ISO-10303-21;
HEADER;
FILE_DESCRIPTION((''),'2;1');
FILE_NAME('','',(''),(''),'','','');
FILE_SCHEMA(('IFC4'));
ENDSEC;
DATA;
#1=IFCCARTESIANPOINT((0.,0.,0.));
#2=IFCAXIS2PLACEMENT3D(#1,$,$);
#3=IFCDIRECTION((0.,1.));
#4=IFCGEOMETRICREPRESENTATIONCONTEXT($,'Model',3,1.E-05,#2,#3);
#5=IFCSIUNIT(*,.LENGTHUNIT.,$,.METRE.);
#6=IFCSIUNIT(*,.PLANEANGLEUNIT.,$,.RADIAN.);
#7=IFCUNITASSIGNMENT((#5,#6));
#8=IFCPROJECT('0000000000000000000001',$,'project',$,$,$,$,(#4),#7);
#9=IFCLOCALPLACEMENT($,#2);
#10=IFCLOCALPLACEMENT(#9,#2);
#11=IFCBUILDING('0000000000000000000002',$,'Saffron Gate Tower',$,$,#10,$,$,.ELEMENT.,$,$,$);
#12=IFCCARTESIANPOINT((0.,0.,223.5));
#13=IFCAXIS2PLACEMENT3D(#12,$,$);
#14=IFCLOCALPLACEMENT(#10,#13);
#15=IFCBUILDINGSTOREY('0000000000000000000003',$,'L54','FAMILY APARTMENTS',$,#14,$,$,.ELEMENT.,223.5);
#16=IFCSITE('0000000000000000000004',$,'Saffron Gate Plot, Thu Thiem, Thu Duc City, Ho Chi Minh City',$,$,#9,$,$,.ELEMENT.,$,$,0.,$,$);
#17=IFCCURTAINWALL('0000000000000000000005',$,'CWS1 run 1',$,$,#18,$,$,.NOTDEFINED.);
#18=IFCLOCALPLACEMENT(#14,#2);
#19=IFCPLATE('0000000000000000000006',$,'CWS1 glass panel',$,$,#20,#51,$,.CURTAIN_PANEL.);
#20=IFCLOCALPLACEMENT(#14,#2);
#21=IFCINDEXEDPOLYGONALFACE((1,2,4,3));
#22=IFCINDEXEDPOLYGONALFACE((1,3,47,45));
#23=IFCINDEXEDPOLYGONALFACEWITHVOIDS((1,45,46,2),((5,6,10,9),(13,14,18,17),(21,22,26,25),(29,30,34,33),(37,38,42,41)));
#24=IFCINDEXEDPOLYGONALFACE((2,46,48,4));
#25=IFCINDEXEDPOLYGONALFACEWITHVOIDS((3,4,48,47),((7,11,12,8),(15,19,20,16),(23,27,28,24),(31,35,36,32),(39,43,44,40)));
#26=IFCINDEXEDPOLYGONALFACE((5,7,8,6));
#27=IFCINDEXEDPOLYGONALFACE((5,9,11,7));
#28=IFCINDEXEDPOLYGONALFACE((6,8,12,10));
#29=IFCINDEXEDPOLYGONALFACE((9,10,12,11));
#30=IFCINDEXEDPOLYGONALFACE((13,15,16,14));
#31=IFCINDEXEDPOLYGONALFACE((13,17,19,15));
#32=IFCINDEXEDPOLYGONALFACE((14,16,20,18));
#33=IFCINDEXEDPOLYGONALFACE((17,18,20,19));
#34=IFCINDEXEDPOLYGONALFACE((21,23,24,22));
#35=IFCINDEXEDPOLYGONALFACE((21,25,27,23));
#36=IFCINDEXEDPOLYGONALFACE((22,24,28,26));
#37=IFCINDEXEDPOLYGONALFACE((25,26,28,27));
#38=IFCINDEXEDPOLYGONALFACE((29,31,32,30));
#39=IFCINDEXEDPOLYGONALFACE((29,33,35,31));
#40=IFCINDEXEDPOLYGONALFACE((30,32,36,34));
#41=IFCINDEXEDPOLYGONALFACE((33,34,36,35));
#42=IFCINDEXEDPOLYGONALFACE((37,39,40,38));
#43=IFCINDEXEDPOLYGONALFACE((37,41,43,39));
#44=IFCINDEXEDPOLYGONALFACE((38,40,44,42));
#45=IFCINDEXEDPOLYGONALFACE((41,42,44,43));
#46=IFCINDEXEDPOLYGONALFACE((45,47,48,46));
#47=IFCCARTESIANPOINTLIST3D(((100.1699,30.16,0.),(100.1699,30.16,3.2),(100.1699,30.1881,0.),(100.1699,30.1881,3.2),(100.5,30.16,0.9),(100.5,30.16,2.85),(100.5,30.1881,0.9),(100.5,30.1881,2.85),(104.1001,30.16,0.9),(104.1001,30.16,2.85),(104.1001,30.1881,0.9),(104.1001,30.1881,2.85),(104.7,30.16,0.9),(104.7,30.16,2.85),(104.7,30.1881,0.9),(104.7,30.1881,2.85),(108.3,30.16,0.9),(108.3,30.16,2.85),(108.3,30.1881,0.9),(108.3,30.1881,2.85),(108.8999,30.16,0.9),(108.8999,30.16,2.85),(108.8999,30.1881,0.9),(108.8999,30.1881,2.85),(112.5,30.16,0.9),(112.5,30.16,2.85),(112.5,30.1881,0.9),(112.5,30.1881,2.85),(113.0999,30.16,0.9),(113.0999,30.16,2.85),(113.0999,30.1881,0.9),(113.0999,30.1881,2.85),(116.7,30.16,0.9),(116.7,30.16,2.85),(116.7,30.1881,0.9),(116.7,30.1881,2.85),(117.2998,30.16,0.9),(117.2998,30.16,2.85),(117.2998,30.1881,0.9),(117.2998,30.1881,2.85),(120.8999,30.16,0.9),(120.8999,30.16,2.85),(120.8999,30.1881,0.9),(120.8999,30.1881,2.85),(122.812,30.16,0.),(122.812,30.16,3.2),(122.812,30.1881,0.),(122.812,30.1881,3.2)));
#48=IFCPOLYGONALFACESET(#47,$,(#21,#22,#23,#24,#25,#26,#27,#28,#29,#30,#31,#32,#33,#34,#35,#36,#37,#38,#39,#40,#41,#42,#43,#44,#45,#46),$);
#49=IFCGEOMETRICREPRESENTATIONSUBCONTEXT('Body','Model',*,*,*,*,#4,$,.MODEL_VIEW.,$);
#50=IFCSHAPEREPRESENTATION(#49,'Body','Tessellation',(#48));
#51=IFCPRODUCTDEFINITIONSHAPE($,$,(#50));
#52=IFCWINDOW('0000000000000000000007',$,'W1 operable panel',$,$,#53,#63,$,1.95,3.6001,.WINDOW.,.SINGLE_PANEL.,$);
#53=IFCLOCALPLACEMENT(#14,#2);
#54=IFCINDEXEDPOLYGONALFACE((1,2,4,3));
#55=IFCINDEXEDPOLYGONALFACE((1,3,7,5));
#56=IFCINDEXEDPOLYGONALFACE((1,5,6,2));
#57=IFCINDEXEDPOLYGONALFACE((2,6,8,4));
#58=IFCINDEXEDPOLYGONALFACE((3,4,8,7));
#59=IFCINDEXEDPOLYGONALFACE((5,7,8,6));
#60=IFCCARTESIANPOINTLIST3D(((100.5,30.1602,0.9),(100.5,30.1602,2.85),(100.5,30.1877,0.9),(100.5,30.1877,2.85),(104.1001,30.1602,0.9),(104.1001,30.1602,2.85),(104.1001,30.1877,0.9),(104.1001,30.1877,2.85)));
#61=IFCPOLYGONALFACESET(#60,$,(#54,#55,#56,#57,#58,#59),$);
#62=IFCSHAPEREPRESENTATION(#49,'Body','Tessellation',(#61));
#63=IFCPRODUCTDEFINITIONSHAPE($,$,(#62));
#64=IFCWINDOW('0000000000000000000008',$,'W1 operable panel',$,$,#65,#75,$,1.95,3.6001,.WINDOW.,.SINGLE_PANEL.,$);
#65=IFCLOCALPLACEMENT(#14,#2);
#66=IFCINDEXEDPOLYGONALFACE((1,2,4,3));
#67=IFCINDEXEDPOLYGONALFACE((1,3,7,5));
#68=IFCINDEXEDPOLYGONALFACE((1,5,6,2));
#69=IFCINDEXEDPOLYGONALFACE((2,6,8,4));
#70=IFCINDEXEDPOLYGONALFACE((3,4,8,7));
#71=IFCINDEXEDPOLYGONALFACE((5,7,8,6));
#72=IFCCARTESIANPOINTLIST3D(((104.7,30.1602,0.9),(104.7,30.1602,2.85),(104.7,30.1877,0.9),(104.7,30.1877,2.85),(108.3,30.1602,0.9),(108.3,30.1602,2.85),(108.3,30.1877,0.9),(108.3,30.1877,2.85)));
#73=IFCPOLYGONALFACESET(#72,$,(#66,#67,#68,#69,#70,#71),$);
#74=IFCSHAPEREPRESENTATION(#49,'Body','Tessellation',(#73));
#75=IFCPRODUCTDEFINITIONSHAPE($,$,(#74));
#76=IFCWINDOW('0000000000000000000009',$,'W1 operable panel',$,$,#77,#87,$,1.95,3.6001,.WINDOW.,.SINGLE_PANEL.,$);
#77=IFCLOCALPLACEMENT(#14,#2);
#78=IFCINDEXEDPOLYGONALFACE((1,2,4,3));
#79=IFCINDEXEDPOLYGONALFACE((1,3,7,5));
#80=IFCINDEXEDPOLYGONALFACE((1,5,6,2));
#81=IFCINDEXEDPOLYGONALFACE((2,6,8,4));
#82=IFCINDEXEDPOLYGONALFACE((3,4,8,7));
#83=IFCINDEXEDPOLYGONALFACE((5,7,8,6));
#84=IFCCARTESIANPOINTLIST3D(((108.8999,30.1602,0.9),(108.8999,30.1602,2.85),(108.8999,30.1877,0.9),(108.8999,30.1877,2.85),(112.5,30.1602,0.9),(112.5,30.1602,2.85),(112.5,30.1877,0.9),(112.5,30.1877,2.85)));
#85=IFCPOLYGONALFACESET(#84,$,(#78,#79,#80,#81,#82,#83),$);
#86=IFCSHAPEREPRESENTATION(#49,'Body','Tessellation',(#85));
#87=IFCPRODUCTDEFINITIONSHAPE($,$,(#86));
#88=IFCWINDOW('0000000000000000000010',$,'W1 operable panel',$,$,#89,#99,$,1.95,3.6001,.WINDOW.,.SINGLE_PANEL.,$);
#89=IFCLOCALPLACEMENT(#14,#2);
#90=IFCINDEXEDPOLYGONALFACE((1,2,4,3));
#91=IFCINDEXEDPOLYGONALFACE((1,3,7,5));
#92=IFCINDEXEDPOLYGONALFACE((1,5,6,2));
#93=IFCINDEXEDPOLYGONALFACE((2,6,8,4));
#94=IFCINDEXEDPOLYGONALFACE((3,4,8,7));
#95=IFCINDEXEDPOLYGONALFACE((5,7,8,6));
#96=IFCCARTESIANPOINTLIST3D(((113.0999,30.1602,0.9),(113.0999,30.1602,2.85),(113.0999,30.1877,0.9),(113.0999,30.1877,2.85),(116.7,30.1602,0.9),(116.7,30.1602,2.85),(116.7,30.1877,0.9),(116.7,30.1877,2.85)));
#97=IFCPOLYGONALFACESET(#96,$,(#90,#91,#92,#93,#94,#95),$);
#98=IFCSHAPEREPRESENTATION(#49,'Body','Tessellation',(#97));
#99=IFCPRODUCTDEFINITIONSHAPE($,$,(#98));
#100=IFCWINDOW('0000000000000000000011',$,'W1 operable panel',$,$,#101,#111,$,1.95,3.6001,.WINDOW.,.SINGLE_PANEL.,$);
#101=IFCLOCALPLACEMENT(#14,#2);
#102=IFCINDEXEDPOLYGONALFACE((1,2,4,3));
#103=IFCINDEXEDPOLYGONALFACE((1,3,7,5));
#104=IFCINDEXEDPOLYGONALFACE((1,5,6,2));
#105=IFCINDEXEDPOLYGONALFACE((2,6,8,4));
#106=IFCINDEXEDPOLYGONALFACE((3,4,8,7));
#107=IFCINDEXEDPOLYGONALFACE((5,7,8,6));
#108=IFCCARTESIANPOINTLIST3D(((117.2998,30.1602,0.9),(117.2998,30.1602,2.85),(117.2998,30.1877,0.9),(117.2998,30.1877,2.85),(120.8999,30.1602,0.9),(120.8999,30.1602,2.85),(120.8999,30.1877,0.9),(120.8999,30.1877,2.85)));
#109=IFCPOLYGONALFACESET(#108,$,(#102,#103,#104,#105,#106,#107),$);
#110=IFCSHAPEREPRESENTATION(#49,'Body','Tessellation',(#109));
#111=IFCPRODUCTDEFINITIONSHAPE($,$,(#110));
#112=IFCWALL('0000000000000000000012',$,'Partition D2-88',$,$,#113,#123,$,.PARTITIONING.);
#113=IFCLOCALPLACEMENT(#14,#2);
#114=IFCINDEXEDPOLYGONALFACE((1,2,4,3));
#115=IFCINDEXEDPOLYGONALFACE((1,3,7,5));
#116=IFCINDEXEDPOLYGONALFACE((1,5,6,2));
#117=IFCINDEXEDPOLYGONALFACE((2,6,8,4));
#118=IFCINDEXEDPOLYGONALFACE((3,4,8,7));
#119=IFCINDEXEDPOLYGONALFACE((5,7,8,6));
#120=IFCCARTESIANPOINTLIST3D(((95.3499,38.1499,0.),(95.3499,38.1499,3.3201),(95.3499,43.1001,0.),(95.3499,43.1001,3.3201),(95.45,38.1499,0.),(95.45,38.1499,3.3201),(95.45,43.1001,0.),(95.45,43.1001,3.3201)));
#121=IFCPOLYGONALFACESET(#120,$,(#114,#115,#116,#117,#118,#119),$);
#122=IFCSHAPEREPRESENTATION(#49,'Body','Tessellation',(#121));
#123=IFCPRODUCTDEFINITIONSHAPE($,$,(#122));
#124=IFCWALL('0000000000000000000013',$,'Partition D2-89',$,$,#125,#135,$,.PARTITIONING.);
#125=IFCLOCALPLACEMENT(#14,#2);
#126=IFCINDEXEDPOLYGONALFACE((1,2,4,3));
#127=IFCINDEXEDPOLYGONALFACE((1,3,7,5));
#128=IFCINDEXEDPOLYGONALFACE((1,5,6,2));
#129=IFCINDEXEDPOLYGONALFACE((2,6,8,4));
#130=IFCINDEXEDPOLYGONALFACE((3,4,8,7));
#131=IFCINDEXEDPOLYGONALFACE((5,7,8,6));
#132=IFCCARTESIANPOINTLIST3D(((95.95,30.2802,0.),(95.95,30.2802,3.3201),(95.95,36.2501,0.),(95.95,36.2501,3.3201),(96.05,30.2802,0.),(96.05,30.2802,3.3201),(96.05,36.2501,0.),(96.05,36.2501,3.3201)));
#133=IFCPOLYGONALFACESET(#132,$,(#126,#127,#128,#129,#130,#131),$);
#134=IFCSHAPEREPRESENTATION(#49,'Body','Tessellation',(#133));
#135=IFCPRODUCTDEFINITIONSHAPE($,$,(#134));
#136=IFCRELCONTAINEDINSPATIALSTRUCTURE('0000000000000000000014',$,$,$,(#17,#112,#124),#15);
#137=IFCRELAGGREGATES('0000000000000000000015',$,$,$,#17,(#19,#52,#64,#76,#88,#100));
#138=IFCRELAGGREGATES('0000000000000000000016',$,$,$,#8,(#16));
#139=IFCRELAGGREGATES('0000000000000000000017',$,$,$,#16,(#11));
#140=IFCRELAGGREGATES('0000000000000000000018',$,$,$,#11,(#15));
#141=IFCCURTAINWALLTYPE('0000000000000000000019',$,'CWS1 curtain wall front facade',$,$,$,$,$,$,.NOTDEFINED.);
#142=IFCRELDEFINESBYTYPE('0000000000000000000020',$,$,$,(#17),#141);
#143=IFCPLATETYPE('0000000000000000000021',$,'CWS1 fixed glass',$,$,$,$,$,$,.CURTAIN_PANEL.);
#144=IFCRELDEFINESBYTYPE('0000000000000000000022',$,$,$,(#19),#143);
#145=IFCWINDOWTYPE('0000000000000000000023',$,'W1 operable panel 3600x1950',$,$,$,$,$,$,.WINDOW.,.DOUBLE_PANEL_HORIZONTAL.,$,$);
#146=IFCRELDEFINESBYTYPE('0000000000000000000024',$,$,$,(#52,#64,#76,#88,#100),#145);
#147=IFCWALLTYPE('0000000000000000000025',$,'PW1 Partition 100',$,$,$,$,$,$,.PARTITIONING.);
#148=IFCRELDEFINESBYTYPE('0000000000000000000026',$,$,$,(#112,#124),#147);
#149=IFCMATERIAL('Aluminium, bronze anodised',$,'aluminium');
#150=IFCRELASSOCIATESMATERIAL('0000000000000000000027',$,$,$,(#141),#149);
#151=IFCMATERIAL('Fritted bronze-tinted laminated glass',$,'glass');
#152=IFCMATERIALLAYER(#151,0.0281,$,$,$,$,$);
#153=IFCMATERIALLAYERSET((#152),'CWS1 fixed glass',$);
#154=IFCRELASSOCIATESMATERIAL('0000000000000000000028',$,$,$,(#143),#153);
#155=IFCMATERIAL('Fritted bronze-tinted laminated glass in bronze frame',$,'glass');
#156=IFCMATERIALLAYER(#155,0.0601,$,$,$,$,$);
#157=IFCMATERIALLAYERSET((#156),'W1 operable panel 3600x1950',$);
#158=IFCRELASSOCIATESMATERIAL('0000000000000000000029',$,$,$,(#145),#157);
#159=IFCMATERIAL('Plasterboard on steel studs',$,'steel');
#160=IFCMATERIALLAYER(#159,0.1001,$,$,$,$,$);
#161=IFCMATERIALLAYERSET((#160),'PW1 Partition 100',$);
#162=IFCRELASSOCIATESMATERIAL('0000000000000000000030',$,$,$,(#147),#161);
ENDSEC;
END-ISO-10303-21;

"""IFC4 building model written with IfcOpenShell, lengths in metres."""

from ifc_helpers import new_model, si_unit, direction, frame, frame_2d, origin, place, context, subcontext, project, spatial, rectangle, extrude, material, layer, layer_set, type_object, element, fill, aggregate, save


model = new_model("IFC4")

# Units and contexts
model_context = context("Model", 3, precision=1e-05, world=origin(), true_north=direction((0.0, 1.0)))
body_context = subcontext(model_context, "Body", "Model", "MODEL_VIEW")
ifc_project = project(units=[si_unit("LENGTHUNIT", "METRE"), si_unit("PLANEANGLEUNIT", "RADIAN")], contexts=[model_context])

# Site, building, storey
site_placement = place(None, origin())
site = spatial("IfcSite", under=ifc_project, at=site_placement, Name="Saffron Gate Plot, Thu Thiem, Thu Duc City, Ho Chi Minh City", CompositionType="ELEMENT", RefElevation=0.0)
building_placement = place(site_placement, origin())
building = spatial("IfcBuilding", under=site, at=building_placement, Name="Saffron Gate Tower", CompositionType="ELEMENT")
storey_placement = place(building_placement, frame((0.0, 0.0, 223.5)))
storey = spatial("IfcBuildingStorey", under=building, at=storey_placement, Name="L54", Description="FAMILY APARTMENTS", CompositionType="ELEMENT", Elevation=223.5)

# Curtain wall, plate, openings, windows
ifc_material_1 = material(Name="Aluminium, bronze anodised", Category="aluminium")
curtain_wall_type = type_object("IfcCurtainWallType", Name="CWS1 curtain wall front facade", PredefinedType="NOTDEFINED", material=ifc_material_1)
curtain_wall_placement = place(storey_placement, origin())
curtain_wall = element("IfcCurtainWall", 1, at=curtain_wall_placement, inside=storey, type_object=curtain_wall_type, Name="CWS1 run 1", PredefinedType="NOTDEFINED")
ifc_material_2 = material(Name="Fritted bronze-tinted laminated glass", Category="glass")
ifc_layer_1 = layer(ifc_material_2, 0.0281)
ifc_layer_set_1 = layer_set([ifc_layer_1], Name="CWS1 fixed glass")
plate_type = type_object("IfcPlateType", Name="CWS1 fixed glass", PredefinedType="CURTAIN_PANEL", material=ifc_layer_set_1)
plate_placement = place(storey_placement, frame((100.1699, 30.1741, 0.0), z_axis=(0.0, 0.0, 1.0), x_axis=(1.0, 0.0, 0.0)))
plate = element("IfcPlate", 2, at=plate_placement, type_object=plate_type, Name="CWS1 glass panel", PredefinedType="CURTAIN_PANEL", context=body_context, shape_type="SweptSolid", body=[
    extrude(rectangle(XDim=22.6421, YDim=0.0281, at=frame_2d((11.321, 0.0))), origin(), (0.0, 0.0, 1.0), 3.2),
])
opening_1_placement = place(plate_placement, frame((0.3301, 0.0, 0.8999)))
opening_1 = element("IfcOpeningElement", 3, at=opening_1_placement, cuts=plate, PredefinedType="OPENING", context=body_context, shape_type="SweptSolid", body=[
    extrude(rectangle(XDim=3.6001, YDim=1.95, at=frame_2d((1.8, 0.9751))), frame((0.0, 0.0239, 0.0), z_axis=(0.0, -1.0, 0.0), x_axis=(1.0, 0.0, 0.0)), (0.0, 0.0, 1.0), 0.0481),
])
opening_2_placement = place(plate_placement, frame((4.53, 0.0, 0.8999)))
opening_2 = element("IfcOpeningElement", 4, at=opening_2_placement, cuts=plate, PredefinedType="OPENING", context=body_context, shape_type="SweptSolid", body=[
    extrude(rectangle(XDim=3.6001, YDim=1.95, at=frame_2d((1.8, 0.9751))), frame((0.0, 0.0239, 0.0), z_axis=(0.0, -1.0, 0.0), x_axis=(1.0, 0.0, 0.0)), (0.0, 0.0, 1.0), 0.0481),
])
opening_3_placement = place(plate_placement, frame((8.73, 0.0, 0.8999)))
opening_3 = element("IfcOpeningElement", 5, at=opening_3_placement, cuts=plate, PredefinedType="OPENING", context=body_context, shape_type="SweptSolid", body=[
    extrude(rectangle(XDim=3.6001, YDim=1.95, at=frame_2d((1.8, 0.9751))), frame((0.0, 0.0239, 0.0), z_axis=(0.0, -1.0, 0.0), x_axis=(1.0, 0.0, 0.0)), (0.0, 0.0, 1.0), 0.0481),
])
opening_4_placement = place(plate_placement, frame((12.9299, 0.0, 0.8999)))
opening_4 = element("IfcOpeningElement", 6, at=opening_4_placement, cuts=plate, PredefinedType="OPENING", context=body_context, shape_type="SweptSolid", body=[
    extrude(rectangle(XDim=3.6001, YDim=1.95, at=frame_2d((1.8, 0.9751))), frame((0.0, 0.0239, 0.0), z_axis=(0.0, -1.0, 0.0), x_axis=(1.0, 0.0, 0.0)), (0.0, 0.0, 1.0), 0.0481),
])
opening_5_placement = place(plate_placement, frame((17.1299, 0.0, 0.8999)))
opening_5 = element("IfcOpeningElement", 7, at=opening_5_placement, cuts=plate, PredefinedType="OPENING", context=body_context, shape_type="SweptSolid", body=[
    extrude(rectangle(XDim=3.6001, YDim=1.95, at=frame_2d((1.8, 0.9751))), frame((0.0, 0.0239, 0.0), z_axis=(0.0, -1.0, 0.0), x_axis=(1.0, 0.0, 0.0)), (0.0, 0.0, 1.0), 0.0481),
])
ifc_material_3 = material(Name="Fritted bronze-tinted laminated glass in bronze frame", Category="glass")
ifc_layer_2 = layer(ifc_material_3, 0.0601)
ifc_layer_set_2 = layer_set([ifc_layer_2], Name="W1 operable panel 3600x1950")
window_type = type_object("IfcWindowType", Name="W1 operable panel 3600x1950", PartitioningType="DOUBLE_PANEL_HORIZONTAL", PredefinedType="WINDOW", material=ifc_layer_set_2)
window_1_placement = place(opening_1_placement, origin())
window_1 = element("IfcWindow", 8, at=window_1_placement, type_object=window_type, Name="W1 operable panel", OverallHeight=1.95, OverallWidth=3.6001, PartitioningType="SINGLE_PANEL", PredefinedType="WINDOW", context=body_context, shape_type="SweptSolid", body=[
    extrude(rectangle(XDim=3.6001, YDim=1.95, at=frame_2d((1.8, 0.9751))), frame((0.0, 0.0137, 0.0), z_axis=(0.0, -1.0, 0.0), x_axis=(1.0, 0.0, 0.0)), (0.0, 0.0, 1.0), 0.0276),
])
fill(opening_1, window_1)
window_2_placement = place(opening_2_placement, origin())
window_2 = element("IfcWindow", 9, at=window_2_placement, type_object=window_type, Name="W1 operable panel", OverallHeight=1.95, OverallWidth=3.6001, PartitioningType="SINGLE_PANEL", PredefinedType="WINDOW", context=body_context, shape_type="SweptSolid", body=[
    extrude(rectangle(XDim=3.6001, YDim=1.95, at=frame_2d((1.8, 0.9751))), frame((0.0, 0.0137, 0.0), z_axis=(0.0, -1.0, 0.0), x_axis=(1.0, 0.0, 0.0)), (0.0, 0.0, 1.0), 0.0276),
])
fill(opening_2, window_2)
window_3_placement = place(opening_3_placement, origin())
window_3 = element("IfcWindow", 10, at=window_3_placement, type_object=window_type, Name="W1 operable panel", OverallHeight=1.95, OverallWidth=3.6001, PartitioningType="SINGLE_PANEL", PredefinedType="WINDOW", context=body_context, shape_type="SweptSolid", body=[
    extrude(rectangle(XDim=3.6001, YDim=1.95, at=frame_2d((1.8, 0.9751))), frame((0.0, 0.0137, 0.0), z_axis=(0.0, -1.0, 0.0), x_axis=(1.0, 0.0, 0.0)), (0.0, 0.0, 1.0), 0.0276),
])
fill(opening_3, window_3)
window_4_placement = place(opening_4_placement, origin())
window_4 = element("IfcWindow", 11, at=window_4_placement, type_object=window_type, Name="W1 operable panel", OverallHeight=1.95, OverallWidth=3.6001, PartitioningType="SINGLE_PANEL", PredefinedType="WINDOW", context=body_context, shape_type="SweptSolid", body=[
    extrude(rectangle(XDim=3.6001, YDim=1.95, at=frame_2d((1.8, 0.9751))), frame((0.0, 0.0137, 0.0), z_axis=(0.0, -1.0, 0.0), x_axis=(1.0, 0.0, 0.0)), (0.0, 0.0, 1.0), 0.0276),
])
fill(opening_4, window_4)
window_5_placement = place(opening_5_placement, origin())
window_5 = element("IfcWindow", 12, at=window_5_placement, type_object=window_type, Name="W1 operable panel", OverallHeight=1.95, OverallWidth=3.6001, PartitioningType="SINGLE_PANEL", PredefinedType="WINDOW", context=body_context, shape_type="SweptSolid", body=[
    extrude(rectangle(XDim=3.6001, YDim=1.95, at=frame_2d((1.8, 0.9751))), frame((0.0, 0.0137, 0.0), z_axis=(0.0, -1.0, 0.0), x_axis=(1.0, 0.0, 0.0)), (0.0, 0.0, 1.0), 0.0276),
])
fill(opening_5, window_5)
aggregate(curtain_wall, [plate, window_1, window_2, window_3, window_4, window_5])

# Walls
ifc_material_4 = material(Name="Plasterboard on steel studs", Category="steel")
ifc_layer_3 = layer(ifc_material_4, 0.1001)
ifc_layer_set_3 = layer_set([ifc_layer_3], Name="PW1 Partition 100")
wall_type_1 = type_object("IfcWallType", Name="PW1 Partition 100", PredefinedType="PARTITIONING", material=ifc_layer_set_3)
wall_1_placement = place(storey_placement, frame((95.3999, 43.1001, 0.0), z_axis=(0.0, 0.0, 1.0), x_axis=(0.0, -1.0, 0.0)))
element("IfcWall", 13, at=wall_1_placement, inside=storey, type_object=wall_type_1, Name="Partition D2-88", PredefinedType="PARTITIONING", context=body_context, shape_type="SweptSolid", body=[
    extrude(rectangle(XDim=4.9502, YDim=0.1001, at=frame_2d((2.4751, 0.0))), origin(), (0.0, 0.0, 1.0), 3.3201),
])
wall_2_placement = place(storey_placement, frame((96.0, 36.25, 0.0), z_axis=(0.0, 0.0, 1.0), x_axis=(0.0, -1.0, 0.0)))
element("IfcWall", 14, at=wall_2_placement, inside=storey, type_object=wall_type_1, Name="Partition D2-89", PredefinedType="PARTITIONING", context=body_context, shape_type="SweptSolid", body=[
    extrude(rectangle(XDim=5.97, YDim=0.1001, at=frame_2d((2.9849, 0.0))), origin(), (0.0, 0.0, 1.0), 3.3201),
])

save(model, "model.ifc")
